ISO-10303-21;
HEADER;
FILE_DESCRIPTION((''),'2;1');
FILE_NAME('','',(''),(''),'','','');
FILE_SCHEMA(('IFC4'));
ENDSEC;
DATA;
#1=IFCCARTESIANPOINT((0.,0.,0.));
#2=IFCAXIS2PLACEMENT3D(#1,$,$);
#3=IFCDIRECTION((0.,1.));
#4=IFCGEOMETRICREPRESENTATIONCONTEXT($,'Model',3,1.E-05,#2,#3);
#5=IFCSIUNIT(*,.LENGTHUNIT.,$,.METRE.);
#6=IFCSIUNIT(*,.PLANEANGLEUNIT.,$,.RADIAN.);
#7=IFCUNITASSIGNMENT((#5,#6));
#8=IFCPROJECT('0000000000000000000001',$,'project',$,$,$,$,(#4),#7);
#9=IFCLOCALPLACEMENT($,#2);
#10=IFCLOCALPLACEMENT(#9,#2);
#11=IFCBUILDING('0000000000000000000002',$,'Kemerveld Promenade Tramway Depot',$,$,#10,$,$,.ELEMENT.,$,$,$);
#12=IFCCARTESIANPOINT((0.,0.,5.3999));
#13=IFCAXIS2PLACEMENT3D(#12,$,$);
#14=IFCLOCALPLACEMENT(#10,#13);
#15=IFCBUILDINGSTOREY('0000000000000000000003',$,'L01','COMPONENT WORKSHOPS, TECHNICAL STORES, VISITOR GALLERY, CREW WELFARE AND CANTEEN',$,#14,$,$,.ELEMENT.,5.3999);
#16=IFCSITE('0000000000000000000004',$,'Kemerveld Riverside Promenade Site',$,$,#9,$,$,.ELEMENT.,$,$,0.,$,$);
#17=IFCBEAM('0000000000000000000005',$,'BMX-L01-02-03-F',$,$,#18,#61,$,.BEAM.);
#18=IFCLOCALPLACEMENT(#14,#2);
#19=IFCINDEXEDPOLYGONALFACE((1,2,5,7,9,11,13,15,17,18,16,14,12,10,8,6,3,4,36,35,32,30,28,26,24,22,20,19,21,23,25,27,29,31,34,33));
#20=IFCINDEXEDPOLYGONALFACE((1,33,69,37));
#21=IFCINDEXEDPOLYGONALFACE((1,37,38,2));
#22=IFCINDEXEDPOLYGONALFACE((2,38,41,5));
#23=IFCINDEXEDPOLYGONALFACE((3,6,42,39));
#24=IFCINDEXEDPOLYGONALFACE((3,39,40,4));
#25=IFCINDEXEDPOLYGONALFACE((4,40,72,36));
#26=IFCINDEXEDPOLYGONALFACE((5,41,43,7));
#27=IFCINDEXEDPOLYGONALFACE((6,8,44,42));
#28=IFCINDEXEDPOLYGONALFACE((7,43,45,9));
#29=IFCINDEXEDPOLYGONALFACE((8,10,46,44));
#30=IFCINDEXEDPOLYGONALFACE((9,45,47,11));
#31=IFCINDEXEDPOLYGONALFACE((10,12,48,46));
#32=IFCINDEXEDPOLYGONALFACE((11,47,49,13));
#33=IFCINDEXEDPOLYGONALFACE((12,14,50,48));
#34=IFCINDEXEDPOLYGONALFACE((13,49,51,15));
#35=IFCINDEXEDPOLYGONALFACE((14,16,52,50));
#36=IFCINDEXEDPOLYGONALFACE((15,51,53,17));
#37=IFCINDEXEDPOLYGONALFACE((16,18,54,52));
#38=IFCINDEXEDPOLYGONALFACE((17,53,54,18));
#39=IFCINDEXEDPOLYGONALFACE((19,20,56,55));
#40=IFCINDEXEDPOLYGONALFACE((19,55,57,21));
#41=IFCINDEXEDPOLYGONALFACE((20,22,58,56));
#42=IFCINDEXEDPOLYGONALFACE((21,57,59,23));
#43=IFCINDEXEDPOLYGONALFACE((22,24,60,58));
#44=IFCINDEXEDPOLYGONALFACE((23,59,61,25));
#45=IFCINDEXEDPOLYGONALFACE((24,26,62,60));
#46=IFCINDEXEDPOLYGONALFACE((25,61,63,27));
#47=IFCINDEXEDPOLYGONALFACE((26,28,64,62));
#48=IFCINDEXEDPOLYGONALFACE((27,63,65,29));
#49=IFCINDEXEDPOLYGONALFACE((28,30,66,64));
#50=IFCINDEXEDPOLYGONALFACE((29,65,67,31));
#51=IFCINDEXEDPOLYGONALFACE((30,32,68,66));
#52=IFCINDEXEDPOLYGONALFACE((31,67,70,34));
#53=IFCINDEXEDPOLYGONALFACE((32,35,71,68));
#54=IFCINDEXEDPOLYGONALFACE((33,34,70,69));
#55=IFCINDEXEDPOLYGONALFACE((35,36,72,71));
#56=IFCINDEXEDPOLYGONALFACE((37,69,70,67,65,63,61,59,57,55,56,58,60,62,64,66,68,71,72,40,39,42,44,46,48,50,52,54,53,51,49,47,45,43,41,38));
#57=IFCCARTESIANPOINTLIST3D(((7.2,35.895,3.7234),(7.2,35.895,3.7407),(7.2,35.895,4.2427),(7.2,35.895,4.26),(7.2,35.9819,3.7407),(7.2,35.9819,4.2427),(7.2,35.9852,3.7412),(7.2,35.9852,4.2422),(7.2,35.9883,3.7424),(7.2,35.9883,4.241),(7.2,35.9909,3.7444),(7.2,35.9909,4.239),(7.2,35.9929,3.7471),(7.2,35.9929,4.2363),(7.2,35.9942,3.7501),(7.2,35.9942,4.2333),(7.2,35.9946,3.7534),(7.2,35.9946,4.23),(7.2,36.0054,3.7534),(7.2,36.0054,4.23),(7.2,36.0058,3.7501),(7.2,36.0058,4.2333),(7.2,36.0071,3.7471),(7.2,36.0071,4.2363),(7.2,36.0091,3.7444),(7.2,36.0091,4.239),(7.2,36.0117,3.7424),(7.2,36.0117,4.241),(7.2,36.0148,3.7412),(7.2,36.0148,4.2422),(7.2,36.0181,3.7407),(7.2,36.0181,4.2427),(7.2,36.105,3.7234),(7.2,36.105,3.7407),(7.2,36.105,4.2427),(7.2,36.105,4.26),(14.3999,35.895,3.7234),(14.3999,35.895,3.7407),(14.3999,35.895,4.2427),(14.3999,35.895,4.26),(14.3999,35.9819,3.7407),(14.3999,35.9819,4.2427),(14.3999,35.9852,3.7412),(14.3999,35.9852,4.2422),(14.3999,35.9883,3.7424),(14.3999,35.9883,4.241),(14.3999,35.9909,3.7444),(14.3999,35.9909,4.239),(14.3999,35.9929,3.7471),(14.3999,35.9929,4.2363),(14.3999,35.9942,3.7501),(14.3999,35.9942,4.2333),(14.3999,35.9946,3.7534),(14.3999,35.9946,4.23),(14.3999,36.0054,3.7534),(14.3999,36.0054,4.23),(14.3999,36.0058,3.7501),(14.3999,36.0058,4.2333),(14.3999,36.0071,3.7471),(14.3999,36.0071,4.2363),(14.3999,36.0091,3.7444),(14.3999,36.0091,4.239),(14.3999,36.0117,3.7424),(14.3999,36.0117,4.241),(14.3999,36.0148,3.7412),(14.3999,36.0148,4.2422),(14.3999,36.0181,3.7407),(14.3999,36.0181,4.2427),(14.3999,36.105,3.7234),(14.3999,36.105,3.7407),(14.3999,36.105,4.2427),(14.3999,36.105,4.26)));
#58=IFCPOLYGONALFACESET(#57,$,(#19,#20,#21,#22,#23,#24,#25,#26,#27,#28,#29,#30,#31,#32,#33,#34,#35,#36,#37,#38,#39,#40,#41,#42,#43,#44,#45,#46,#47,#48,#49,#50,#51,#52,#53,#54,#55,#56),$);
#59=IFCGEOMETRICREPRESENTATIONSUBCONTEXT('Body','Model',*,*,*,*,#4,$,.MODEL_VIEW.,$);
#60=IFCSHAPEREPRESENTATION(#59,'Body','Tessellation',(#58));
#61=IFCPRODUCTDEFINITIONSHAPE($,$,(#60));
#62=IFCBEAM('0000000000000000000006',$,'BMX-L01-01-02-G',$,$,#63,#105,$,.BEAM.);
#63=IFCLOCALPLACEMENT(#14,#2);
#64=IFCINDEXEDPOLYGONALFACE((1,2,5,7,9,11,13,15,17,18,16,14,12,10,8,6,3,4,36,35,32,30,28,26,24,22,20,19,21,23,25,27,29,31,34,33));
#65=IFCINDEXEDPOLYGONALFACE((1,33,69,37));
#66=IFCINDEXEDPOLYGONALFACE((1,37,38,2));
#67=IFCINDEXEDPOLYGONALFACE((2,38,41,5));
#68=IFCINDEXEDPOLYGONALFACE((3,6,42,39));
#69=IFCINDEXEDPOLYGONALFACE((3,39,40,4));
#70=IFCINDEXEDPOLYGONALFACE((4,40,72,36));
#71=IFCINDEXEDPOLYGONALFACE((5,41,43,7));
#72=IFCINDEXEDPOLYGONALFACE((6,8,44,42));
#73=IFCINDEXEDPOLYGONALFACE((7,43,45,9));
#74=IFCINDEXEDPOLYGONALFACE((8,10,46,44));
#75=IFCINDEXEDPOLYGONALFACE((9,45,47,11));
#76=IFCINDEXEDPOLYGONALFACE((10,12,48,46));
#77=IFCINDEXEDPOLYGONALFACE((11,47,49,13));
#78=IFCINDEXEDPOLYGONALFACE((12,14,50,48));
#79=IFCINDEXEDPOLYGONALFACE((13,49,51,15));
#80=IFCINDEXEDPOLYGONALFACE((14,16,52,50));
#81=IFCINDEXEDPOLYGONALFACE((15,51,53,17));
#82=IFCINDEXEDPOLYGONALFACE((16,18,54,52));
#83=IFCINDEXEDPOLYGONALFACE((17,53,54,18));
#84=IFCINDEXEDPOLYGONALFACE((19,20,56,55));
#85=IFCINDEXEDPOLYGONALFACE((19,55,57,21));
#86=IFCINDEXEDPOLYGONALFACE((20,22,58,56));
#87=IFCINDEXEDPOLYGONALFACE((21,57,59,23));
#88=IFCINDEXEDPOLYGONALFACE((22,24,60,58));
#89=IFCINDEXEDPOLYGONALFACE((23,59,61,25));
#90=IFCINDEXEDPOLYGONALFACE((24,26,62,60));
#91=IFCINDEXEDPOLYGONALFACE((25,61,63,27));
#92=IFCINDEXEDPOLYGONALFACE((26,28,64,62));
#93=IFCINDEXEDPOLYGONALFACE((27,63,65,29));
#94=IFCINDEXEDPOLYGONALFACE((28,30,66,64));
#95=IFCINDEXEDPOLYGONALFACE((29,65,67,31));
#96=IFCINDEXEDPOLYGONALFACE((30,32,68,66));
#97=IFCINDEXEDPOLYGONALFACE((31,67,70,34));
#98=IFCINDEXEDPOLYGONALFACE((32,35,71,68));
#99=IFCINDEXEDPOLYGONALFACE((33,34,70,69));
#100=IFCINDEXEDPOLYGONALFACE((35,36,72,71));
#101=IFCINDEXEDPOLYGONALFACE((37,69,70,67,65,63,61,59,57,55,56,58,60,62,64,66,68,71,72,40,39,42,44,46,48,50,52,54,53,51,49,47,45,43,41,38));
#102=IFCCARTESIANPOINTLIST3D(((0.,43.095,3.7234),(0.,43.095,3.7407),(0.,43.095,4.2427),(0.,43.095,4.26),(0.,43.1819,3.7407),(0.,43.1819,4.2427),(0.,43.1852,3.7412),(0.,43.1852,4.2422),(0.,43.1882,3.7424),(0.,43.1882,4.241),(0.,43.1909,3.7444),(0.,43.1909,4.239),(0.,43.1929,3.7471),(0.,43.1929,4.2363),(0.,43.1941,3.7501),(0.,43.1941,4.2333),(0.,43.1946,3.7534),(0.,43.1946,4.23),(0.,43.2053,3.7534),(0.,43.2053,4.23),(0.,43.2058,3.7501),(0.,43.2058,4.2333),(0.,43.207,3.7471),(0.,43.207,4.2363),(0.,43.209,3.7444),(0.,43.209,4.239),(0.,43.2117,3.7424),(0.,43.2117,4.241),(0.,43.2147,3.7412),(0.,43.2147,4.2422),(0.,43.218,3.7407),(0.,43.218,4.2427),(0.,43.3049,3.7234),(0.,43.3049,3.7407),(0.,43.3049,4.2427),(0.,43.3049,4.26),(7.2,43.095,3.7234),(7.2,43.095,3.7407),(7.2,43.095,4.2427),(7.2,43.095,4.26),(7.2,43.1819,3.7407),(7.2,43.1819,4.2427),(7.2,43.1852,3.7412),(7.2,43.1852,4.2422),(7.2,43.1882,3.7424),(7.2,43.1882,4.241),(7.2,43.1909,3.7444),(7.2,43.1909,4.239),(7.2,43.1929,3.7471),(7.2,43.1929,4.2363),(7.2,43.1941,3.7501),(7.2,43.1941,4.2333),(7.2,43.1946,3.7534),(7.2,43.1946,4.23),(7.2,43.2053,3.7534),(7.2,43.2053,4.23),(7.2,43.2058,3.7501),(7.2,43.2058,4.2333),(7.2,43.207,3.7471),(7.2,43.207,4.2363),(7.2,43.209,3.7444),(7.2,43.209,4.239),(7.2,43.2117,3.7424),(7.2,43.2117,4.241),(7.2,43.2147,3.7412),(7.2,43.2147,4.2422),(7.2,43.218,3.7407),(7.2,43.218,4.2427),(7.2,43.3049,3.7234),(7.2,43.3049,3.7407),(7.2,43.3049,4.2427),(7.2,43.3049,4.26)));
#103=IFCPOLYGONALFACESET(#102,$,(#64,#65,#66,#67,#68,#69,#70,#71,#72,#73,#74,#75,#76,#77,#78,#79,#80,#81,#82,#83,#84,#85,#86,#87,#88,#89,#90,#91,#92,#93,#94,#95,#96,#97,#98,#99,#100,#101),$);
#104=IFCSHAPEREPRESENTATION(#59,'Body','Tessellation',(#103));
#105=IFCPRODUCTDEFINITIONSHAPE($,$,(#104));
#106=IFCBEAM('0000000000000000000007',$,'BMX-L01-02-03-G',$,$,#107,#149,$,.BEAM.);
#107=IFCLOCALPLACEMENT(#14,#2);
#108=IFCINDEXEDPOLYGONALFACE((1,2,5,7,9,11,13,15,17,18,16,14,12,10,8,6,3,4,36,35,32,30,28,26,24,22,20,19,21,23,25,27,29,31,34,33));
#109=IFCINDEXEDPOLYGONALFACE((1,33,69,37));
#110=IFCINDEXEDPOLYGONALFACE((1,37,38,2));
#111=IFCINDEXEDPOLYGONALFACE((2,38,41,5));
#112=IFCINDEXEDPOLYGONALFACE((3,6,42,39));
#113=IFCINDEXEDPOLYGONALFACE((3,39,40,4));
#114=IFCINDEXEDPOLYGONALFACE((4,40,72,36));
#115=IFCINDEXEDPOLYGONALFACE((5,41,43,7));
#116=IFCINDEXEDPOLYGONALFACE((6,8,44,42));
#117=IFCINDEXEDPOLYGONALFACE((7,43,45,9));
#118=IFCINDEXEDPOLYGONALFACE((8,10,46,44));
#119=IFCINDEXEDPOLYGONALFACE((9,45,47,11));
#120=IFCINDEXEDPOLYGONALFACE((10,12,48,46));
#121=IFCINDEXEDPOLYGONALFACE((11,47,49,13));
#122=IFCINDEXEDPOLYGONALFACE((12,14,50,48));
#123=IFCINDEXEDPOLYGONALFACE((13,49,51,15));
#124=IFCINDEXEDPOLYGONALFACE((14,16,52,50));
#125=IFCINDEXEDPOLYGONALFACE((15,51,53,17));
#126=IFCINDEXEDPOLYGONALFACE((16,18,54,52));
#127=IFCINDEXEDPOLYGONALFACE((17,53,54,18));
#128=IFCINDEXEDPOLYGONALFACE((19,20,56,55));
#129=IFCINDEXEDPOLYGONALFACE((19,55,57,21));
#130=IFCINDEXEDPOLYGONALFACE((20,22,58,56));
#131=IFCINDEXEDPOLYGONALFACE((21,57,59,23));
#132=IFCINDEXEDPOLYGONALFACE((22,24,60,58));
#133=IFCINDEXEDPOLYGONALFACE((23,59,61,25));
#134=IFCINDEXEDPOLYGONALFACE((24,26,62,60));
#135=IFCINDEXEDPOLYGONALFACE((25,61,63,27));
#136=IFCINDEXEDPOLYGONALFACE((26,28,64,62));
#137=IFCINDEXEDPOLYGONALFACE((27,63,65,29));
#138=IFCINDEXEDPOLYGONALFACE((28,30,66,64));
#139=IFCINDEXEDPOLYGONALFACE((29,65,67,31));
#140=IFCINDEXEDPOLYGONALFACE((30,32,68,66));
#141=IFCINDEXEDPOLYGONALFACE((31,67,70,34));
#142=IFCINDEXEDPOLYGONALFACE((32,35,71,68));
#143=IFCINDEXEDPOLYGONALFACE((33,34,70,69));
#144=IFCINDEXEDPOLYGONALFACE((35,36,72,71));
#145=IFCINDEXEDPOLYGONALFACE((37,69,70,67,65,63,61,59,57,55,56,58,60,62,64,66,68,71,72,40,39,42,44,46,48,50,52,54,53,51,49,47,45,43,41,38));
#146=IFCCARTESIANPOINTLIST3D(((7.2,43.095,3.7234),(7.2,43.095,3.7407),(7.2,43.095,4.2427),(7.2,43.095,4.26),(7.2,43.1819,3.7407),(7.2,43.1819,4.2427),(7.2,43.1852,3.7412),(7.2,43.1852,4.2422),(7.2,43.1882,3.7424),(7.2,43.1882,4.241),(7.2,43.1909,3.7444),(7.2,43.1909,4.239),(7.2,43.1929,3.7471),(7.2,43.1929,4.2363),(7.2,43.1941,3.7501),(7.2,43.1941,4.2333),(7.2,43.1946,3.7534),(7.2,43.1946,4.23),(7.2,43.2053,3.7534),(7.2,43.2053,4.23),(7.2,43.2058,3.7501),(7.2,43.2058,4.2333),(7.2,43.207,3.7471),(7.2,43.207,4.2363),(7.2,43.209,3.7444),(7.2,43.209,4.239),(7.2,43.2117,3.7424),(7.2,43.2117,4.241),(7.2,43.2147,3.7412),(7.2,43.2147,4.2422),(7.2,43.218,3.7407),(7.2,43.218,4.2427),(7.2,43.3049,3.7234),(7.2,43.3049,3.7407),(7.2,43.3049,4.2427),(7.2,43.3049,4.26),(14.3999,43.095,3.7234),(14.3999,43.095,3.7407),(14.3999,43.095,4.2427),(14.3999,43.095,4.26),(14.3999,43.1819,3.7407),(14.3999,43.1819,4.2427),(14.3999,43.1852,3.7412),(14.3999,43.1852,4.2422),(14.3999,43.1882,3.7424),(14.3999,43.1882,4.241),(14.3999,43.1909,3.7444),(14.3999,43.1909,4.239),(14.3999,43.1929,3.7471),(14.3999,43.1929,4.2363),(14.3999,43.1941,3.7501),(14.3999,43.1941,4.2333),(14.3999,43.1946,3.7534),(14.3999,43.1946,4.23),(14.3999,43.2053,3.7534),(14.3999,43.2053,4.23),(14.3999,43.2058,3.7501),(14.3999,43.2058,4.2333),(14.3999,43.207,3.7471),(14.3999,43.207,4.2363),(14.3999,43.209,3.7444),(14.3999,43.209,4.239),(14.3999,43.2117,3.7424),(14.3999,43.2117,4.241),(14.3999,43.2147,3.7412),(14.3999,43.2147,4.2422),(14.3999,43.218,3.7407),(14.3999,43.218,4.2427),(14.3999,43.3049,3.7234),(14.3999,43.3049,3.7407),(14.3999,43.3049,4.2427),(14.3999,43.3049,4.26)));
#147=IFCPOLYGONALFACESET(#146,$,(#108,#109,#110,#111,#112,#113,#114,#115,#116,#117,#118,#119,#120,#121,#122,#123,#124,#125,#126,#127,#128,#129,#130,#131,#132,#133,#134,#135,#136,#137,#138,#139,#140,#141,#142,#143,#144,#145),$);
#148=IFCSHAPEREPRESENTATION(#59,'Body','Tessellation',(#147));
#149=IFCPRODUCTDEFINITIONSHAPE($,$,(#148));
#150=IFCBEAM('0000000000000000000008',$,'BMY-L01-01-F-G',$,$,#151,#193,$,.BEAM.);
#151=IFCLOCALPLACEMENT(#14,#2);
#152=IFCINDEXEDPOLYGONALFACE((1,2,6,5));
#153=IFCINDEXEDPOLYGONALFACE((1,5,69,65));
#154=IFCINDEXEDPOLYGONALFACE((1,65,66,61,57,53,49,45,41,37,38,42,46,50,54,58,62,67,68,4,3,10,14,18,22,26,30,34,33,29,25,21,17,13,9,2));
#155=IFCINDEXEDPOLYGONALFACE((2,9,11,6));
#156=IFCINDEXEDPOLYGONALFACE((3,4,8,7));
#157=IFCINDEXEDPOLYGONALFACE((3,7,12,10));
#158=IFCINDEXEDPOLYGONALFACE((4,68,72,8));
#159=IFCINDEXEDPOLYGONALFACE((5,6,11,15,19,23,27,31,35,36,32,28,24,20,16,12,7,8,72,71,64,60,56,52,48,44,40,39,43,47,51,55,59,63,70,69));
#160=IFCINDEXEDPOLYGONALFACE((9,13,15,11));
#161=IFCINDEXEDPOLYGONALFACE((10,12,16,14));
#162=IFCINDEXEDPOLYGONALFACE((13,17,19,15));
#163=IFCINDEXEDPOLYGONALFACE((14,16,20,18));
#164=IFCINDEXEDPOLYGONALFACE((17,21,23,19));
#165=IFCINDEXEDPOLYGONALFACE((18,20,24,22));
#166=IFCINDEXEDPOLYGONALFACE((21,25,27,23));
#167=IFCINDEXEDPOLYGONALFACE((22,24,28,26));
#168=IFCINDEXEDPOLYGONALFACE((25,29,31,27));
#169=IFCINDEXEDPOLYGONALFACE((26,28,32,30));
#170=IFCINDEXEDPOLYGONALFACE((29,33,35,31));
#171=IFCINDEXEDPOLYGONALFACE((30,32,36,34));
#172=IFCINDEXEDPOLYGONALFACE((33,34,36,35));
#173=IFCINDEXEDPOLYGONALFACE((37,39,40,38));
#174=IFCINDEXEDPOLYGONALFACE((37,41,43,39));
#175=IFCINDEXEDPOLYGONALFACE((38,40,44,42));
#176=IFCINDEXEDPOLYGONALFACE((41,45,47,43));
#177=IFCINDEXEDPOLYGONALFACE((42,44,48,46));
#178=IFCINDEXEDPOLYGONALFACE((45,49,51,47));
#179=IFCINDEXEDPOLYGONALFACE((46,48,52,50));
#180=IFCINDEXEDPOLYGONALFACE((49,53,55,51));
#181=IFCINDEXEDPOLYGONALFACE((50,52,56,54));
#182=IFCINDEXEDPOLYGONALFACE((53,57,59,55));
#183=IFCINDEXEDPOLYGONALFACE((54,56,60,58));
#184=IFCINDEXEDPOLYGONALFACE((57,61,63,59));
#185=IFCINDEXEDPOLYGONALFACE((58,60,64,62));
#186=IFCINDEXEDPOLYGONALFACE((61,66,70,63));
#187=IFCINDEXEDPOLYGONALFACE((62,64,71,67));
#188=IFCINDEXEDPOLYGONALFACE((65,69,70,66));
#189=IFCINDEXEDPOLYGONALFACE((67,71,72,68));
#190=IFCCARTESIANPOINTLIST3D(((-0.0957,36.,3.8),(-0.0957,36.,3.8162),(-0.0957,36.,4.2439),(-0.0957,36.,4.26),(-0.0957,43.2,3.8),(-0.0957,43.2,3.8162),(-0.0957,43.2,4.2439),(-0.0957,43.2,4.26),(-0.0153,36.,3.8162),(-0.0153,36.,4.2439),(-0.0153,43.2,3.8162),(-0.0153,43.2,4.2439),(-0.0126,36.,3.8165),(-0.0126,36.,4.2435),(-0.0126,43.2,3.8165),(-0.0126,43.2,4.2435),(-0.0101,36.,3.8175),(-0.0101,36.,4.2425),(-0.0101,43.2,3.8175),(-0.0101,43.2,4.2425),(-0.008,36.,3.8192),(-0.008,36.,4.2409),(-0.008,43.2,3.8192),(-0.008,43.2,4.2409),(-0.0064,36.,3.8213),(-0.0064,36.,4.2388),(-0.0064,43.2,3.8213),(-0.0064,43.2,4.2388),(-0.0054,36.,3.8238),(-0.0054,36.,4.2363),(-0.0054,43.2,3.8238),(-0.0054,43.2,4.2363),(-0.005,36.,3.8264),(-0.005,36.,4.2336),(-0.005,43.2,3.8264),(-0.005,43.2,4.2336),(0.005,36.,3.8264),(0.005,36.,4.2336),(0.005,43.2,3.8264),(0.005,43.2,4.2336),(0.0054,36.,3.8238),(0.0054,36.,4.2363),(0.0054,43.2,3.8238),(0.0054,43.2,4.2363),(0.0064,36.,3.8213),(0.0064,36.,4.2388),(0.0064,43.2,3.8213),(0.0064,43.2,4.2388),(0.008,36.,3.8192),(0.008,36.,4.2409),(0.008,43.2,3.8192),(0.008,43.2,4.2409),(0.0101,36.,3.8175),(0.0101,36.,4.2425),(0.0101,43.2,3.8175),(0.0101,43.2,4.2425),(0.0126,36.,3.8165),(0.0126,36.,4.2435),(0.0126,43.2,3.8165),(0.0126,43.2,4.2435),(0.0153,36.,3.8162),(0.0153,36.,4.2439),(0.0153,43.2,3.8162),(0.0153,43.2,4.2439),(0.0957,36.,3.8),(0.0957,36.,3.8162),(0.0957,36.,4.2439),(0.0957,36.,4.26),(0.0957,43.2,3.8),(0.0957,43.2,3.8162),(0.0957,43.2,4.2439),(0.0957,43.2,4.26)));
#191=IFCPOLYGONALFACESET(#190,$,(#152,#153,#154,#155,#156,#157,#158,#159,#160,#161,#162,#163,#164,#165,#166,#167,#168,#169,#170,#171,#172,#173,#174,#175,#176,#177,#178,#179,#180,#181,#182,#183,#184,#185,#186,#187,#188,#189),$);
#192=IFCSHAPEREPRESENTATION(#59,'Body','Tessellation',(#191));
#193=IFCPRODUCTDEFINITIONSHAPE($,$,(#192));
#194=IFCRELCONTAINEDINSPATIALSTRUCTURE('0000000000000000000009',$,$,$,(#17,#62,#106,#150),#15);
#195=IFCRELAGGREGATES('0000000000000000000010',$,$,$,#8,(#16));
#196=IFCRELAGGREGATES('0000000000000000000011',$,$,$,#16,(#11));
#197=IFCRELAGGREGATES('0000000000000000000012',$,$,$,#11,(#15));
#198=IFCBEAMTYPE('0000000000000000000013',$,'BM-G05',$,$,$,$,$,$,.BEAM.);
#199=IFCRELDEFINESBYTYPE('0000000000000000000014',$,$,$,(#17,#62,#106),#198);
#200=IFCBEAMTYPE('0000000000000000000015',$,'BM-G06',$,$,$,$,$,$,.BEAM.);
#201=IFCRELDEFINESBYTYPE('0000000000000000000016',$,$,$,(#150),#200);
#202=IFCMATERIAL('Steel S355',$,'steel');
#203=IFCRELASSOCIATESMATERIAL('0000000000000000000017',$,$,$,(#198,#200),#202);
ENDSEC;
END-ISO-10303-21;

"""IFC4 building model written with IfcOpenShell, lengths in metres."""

from ifc_helpers import new_model, si_unit, direction, frame, origin, origin_2d, place, context, subcontext, project, spatial, i_section, extrude, material, material_profile, profile_set, type_object, element, save


model = new_model("IFC4")

# Units and contexts
model_context = context("Model", 3, precision=1e-05, world=origin(), true_north=direction((0.0, 1.0)))
body_context = subcontext(model_context, "Body", "Model", "MODEL_VIEW")
ifc_project = project(units=[si_unit("LENGTHUNIT", "METRE"), si_unit("PLANEANGLEUNIT", "RADIAN")], contexts=[model_context])

# Site, building, storey
site_placement = place(None, origin())
site = spatial("IfcSite", under=ifc_project, at=site_placement, Name="Kemerveld Riverside Promenade Site", CompositionType="ELEMENT", RefElevation=0.0)
building_placement = place(site_placement, origin())
building = spatial("IfcBuilding", under=site, at=building_placement, Name="Kemerveld Promenade Tramway Depot", CompositionType="ELEMENT")
storey_placement = place(building_placement, frame((0.0, 0.0, 5.3999)))
storey = spatial("IfcBuildingStorey", under=building, at=storey_placement, Name="L01", Description="COMPONENT WORKSHOPS, TECHNICAL STORES, VISITOR GALLERY, CREW WELFARE AND CANTEEN", CompositionType="ELEMENT", Elevation=5.3999)

# Shared definitions
ifc_material_1 = material(Name="Steel S355", Category="steel")

# Beams
ifc_material_profile_1 = material_profile(ifc_material_1, i_section(OverallWidth=0.21, OverallDepth=0.5366, WebThickness=0.0107, FlangeThickness=0.0173, FilletRadius=0.0127, at=origin_2d()), Name="533x210x101 UB")
ifc_profile_set_1 = profile_set([ifc_material_profile_1], Name="Steel S355")
beam_type_1 = type_object("IfcBeamType", Name="BM-G05", PredefinedType="BEAM", material=ifc_profile_set_1)
for number, where, z_axis, x_axis, name in (
    (1, (7.2, 36.0, 3.9917), (1.0, 0.0, 0.0), (0.0, 1.0, 0.0), "BMX-L01-02-03-F"),
    (2, (0.0, 43.2, 3.9917), (1.0, 0.0, 0.0), (0.0, 1.0, 0.0), "BMX-L01-01-02-G"),
    (3, (7.2, 43.2, 3.9917), (1.0, 0.0, 0.0), (0.0, 1.0, 0.0), "BMX-L01-02-03-G"),
):
    element("IfcBeam", number, at=place(storey_placement, frame(where, z_axis=z_axis, x_axis=x_axis)), inside=storey, type_object=beam_type_1, Name=name, PredefinedType="BEAM", context=body_context, shape_type="SweptSolid", body=[
        extrude(i_section(OverallWidth=0.21, OverallDepth=0.5366, WebThickness=0.0107, FlangeThickness=0.0173, FilletRadius=0.0127, at=origin_2d()), origin(), (0.0, 0.0, 1.0), 7.2),
    ])
ifc_material_profile_2 = material_profile(ifc_material_1, i_section(OverallWidth=0.1914, OverallDepth=0.46, WebThickness=0.01, FlangeThickness=0.0161, FilletRadius=0.0103, at=origin_2d()), Name="457x191x82 UB")
ifc_profile_set_2 = profile_set([ifc_material_profile_2], Name="Steel S355")
beam_type_2 = type_object("IfcBeamType", Name="BM-G06", PredefinedType="BEAM", material=ifc_profile_set_2)
for number, where, z_axis, x_axis, name in (
    (4, (0.0, 36.0, 4.03), (0.0, 1.0, 0.0), (-1.0, 0.0, 0.0), "BMY-L01-01-F-G"),
):
    element("IfcBeam", number, at=place(storey_placement, frame(where, z_axis=z_axis, x_axis=x_axis)), inside=storey, type_object=beam_type_2, Name=name, PredefinedType="BEAM", context=body_context, shape_type="SweptSolid", body=[
        extrude(i_section(OverallWidth=0.1914, OverallDepth=0.46, WebThickness=0.01, FlangeThickness=0.0161, FilletRadius=0.0103, at=origin_2d()), origin(), (0.0, 0.0, 1.0), 7.2),
    ])

save(model, "model.ifc")
